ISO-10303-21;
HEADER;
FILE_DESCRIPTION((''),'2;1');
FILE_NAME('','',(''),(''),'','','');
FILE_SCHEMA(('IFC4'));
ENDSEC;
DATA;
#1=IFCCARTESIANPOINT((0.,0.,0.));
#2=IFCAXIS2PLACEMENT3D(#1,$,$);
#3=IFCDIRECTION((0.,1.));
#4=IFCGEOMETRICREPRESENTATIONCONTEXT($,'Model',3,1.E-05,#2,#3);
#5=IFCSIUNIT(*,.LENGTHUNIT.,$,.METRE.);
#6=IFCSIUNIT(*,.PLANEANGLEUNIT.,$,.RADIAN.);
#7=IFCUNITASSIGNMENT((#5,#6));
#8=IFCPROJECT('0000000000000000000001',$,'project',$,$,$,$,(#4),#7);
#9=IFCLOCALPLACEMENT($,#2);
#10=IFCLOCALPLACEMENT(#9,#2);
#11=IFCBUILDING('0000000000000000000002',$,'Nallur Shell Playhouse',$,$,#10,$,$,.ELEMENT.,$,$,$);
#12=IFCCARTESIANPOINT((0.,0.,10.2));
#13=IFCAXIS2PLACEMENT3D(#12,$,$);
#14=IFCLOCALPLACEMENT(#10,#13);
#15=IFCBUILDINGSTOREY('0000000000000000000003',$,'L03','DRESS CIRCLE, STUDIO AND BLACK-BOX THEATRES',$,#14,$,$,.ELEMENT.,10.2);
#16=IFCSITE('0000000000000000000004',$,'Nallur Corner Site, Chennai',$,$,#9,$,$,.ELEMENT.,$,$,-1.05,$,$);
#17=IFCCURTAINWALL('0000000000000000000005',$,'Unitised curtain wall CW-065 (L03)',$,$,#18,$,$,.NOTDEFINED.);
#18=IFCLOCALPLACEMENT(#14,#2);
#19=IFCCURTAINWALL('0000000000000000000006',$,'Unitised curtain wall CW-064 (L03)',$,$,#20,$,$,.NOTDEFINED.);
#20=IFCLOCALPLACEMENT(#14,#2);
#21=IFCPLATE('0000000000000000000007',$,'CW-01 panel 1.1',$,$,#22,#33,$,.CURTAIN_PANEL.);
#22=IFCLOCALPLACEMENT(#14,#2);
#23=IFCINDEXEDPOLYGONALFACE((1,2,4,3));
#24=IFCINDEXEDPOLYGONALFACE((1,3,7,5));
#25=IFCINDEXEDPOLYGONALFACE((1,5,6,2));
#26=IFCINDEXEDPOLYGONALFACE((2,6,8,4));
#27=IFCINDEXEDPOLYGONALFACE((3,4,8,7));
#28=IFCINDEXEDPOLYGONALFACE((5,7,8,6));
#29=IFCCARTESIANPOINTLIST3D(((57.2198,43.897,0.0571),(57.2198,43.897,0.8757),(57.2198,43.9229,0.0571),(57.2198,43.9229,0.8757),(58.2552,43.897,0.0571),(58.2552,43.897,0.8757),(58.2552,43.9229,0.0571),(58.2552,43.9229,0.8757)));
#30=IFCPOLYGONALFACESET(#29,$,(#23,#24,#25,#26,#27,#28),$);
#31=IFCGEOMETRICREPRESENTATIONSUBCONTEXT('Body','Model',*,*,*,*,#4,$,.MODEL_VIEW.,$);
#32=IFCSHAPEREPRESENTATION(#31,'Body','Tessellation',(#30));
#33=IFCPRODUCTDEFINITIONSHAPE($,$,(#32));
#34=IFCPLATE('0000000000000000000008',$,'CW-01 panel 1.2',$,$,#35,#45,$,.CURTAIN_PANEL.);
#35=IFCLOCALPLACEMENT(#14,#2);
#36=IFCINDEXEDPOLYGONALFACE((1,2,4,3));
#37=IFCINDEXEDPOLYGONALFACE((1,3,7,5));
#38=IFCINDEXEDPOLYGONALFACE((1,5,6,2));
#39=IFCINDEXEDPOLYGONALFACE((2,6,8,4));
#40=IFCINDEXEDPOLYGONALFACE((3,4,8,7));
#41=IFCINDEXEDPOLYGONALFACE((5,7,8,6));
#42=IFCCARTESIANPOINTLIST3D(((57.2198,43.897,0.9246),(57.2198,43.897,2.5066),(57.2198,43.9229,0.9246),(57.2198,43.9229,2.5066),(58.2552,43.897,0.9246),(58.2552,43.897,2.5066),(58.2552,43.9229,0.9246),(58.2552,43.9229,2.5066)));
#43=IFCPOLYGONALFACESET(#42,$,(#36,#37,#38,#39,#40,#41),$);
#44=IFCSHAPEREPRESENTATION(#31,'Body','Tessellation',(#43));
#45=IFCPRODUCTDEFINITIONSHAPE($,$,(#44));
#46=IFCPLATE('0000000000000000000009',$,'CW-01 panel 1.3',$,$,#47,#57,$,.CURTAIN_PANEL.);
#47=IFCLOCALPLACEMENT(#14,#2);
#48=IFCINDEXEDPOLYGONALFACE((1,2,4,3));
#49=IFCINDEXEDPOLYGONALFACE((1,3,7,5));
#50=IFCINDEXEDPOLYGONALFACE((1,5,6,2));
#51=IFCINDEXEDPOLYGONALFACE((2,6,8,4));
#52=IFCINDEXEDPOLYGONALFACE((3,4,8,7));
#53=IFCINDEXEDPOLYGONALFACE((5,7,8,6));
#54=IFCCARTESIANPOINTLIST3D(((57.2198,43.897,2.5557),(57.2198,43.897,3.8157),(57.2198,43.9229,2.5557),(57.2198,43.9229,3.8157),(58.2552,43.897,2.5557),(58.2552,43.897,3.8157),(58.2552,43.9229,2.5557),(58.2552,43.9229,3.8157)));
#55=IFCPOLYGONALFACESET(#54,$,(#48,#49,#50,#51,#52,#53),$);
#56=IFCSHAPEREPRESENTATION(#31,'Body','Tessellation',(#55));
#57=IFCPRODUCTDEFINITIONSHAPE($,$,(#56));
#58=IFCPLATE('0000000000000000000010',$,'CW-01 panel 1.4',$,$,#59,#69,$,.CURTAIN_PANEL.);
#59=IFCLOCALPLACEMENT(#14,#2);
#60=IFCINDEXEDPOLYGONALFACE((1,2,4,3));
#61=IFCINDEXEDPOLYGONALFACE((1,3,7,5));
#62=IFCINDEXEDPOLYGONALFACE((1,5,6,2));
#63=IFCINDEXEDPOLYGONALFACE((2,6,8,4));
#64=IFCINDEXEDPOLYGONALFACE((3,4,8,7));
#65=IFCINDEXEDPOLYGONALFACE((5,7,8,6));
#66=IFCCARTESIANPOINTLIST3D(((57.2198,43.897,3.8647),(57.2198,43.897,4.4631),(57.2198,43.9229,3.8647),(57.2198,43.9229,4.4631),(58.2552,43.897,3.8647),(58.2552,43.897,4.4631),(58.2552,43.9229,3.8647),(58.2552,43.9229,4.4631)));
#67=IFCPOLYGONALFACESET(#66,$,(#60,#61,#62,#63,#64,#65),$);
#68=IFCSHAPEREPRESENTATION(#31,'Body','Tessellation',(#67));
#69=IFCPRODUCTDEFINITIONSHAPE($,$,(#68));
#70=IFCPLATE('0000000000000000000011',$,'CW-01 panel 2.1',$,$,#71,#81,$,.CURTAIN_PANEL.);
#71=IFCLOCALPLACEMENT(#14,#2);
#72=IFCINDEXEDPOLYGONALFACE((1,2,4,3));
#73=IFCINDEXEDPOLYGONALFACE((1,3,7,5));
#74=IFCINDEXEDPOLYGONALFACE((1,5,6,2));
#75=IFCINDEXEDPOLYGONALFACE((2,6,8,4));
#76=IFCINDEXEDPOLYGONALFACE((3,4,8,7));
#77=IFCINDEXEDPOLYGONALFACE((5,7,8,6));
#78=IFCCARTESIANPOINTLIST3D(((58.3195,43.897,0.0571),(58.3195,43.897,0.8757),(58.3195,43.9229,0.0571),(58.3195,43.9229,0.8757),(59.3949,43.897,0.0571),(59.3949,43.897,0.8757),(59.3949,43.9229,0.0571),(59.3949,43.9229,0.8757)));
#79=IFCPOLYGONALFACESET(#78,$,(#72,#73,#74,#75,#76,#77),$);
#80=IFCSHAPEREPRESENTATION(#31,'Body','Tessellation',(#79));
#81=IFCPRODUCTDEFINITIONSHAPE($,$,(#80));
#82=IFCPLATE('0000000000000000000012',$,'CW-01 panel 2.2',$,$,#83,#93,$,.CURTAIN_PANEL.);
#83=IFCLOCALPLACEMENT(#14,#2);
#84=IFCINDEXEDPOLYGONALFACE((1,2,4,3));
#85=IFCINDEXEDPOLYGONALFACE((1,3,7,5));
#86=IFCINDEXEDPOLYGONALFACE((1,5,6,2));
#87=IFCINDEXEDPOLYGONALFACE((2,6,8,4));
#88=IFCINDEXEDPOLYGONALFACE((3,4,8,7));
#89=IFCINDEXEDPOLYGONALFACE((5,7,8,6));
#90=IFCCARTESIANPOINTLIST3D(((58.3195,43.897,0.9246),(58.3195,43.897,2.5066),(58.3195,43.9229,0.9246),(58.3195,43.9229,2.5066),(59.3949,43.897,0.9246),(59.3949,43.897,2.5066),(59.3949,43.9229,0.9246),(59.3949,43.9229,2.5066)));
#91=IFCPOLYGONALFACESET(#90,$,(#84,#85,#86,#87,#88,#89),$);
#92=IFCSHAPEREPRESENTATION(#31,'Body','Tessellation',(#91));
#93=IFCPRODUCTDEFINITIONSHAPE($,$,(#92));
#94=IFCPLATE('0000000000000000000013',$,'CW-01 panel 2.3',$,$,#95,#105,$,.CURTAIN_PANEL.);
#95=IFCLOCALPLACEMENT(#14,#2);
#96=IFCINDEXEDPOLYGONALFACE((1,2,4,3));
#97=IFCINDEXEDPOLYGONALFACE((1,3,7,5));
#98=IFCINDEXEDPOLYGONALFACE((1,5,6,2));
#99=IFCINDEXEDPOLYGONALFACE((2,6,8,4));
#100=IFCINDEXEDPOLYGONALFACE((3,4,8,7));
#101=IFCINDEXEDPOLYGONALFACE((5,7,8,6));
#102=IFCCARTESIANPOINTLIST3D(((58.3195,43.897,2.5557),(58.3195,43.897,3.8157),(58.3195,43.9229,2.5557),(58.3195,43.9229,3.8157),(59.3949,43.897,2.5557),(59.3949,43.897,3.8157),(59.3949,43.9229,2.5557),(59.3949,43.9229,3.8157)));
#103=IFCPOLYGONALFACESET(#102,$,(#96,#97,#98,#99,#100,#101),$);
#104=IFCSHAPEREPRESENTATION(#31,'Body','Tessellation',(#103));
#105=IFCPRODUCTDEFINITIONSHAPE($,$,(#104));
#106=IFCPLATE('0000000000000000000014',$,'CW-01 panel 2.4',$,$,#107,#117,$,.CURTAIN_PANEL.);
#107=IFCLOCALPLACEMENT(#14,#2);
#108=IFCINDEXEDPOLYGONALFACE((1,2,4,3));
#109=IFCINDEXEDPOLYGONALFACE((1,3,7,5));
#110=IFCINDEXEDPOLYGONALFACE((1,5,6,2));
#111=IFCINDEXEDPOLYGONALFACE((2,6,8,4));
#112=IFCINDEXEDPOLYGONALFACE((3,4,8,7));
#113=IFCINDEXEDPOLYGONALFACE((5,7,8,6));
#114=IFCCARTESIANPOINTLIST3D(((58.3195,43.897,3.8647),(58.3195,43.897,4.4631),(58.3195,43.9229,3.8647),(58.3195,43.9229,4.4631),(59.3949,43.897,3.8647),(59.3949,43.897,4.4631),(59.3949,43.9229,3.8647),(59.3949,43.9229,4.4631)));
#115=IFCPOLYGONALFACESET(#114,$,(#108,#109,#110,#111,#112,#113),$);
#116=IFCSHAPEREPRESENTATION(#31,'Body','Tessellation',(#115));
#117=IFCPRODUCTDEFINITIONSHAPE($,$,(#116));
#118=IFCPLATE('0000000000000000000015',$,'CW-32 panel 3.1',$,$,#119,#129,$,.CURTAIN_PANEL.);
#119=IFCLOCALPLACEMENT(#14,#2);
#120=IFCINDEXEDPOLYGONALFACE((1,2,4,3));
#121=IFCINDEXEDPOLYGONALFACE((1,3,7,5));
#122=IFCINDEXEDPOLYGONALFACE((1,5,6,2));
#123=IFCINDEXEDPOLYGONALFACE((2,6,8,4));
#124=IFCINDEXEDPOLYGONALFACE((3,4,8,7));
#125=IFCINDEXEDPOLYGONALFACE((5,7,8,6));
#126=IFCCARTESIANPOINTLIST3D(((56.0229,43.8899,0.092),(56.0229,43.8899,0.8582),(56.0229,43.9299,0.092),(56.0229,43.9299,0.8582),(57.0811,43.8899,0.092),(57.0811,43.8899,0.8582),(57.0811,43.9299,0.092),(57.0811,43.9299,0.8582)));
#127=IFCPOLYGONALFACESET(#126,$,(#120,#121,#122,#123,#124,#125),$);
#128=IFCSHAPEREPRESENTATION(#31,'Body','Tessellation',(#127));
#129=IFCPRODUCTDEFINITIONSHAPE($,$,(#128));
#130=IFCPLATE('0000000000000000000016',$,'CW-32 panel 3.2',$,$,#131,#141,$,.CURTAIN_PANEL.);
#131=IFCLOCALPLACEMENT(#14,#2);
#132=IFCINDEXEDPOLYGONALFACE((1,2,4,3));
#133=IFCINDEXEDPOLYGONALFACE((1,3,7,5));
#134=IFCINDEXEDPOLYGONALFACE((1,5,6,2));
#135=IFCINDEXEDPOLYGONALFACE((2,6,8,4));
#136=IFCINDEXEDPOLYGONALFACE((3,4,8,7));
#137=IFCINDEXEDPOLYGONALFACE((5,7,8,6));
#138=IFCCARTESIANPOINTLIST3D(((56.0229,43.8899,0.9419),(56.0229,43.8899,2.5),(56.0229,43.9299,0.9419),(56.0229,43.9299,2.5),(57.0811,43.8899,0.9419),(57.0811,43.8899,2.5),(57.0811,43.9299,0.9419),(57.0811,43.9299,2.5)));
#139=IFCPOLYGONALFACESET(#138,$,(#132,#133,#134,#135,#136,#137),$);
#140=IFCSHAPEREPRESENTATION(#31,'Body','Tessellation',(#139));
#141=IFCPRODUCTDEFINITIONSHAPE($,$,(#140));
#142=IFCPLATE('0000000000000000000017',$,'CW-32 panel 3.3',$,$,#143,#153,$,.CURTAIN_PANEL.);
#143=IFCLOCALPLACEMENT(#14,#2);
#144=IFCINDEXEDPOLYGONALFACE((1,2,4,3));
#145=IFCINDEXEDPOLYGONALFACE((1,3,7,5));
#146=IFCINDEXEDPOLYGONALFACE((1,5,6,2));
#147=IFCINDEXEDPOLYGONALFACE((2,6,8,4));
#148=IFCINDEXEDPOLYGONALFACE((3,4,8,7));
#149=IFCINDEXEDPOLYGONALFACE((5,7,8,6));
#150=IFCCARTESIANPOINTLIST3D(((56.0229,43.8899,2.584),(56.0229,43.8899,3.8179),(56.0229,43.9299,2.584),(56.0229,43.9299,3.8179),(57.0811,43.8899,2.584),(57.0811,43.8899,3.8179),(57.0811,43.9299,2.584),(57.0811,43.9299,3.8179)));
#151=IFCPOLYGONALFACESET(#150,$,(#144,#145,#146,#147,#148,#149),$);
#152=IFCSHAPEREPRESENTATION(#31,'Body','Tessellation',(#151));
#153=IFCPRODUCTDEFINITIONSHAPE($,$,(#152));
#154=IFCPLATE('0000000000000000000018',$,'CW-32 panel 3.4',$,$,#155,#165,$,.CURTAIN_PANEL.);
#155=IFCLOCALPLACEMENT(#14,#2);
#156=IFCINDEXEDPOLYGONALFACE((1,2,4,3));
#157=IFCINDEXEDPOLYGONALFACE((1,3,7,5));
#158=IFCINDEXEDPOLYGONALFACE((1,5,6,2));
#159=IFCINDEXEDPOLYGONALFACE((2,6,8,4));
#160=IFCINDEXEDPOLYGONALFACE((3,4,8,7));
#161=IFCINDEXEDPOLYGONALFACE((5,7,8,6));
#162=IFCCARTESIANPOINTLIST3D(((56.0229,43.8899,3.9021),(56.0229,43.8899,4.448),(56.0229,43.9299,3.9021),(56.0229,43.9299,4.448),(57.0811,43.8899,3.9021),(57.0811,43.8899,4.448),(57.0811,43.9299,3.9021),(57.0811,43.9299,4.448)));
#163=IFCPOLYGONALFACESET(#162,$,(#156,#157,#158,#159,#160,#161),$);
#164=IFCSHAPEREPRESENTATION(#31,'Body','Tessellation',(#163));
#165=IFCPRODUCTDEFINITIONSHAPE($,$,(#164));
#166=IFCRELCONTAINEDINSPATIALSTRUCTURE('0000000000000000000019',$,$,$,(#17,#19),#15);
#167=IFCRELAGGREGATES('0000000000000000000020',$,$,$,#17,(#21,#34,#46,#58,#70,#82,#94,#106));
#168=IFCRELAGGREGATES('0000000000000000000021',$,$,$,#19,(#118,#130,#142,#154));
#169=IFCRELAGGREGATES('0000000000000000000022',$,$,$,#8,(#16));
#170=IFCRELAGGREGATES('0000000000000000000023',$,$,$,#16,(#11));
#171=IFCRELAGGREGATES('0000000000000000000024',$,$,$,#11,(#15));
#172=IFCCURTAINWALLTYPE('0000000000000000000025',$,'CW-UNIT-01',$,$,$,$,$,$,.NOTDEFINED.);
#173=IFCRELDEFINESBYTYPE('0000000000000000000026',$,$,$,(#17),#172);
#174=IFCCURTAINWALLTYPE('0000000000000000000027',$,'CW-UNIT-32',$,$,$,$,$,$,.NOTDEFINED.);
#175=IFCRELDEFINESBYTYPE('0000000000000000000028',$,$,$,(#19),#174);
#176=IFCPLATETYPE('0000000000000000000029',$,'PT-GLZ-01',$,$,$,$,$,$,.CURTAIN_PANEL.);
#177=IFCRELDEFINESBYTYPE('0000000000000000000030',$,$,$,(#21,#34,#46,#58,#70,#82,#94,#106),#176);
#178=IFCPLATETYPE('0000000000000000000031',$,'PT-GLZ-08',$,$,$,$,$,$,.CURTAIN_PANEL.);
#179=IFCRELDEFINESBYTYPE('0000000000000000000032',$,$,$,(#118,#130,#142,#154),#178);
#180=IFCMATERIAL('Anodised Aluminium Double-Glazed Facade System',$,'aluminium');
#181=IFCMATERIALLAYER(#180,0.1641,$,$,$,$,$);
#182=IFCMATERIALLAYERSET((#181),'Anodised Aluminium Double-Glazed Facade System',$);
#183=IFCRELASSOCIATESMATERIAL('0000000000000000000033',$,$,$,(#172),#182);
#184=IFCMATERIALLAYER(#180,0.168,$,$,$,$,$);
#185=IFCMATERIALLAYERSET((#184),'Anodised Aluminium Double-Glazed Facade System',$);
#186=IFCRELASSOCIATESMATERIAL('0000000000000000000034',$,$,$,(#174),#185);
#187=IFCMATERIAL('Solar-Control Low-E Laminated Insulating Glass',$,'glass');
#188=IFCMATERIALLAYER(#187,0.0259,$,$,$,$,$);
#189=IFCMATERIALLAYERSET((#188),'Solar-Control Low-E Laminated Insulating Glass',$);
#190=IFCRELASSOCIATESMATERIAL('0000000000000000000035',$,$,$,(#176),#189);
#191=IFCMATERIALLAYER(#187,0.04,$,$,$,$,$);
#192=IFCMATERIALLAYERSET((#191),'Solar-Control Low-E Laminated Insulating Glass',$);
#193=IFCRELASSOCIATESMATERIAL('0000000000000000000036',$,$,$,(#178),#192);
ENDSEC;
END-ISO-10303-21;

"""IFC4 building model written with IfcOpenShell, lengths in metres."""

from ifc_helpers import new_model, si_unit, direction, frame, origin, origin_2d, place, context, subcontext, project, spatial, rectangle, extrude, material, layer, layer_set, type_object, element, aggregate, save


model = new_model("IFC4")

# Units and contexts
model_context = context("Model", 3, precision=1e-05, world=origin(), true_north=direction((0.0, 1.0)))
body_context = subcontext(model_context, "Body", "Model", "MODEL_VIEW")
ifc_project = project(units=[si_unit("LENGTHUNIT", "METRE"), si_unit("PLANEANGLEUNIT", "RADIAN")], contexts=[model_context])

# Site, building, storey
site_placement = place(None, origin())
site = spatial("IfcSite", under=ifc_project, at=site_placement, Name="Nallur Corner Site, Chennai", CompositionType="ELEMENT", RefElevation=-1.05)
building_placement = place(site_placement, origin())
building = spatial("IfcBuilding", under=site, at=building_placement, Name="Nallur Shell Playhouse", CompositionType="ELEMENT")
storey_placement = place(building_placement, frame((0.0, 0.0, 10.2)))
storey = spatial("IfcBuildingStorey", under=building, at=storey_placement, Name="L03", Description="DRESS CIRCLE, STUDIO AND BLACK-BOX THEATRES", CompositionType="ELEMENT", Elevation=10.2)

# Curtain wall
ifc_material_1 = material(Name="Anodised Aluminium Double-Glazed Facade System", Category="aluminium")
ifc_layer_1 = layer(ifc_material_1, 0.1641)
ifc_layer_set_1 = layer_set([ifc_layer_1], Name="Anodised Aluminium Double-Glazed Facade System")
curtain_wall_type_1 = type_object("IfcCurtainWallType", Name="CW-UNIT-01", PredefinedType="NOTDEFINED", material=ifc_layer_set_1)
curtain_wall_1_placement = place(storey_placement, origin())
curtain_wall_1 = element("IfcCurtainWall", 1, at=curtain_wall_1_placement, inside=storey, type_object=curtain_wall_type_1, Name="Unitised curtain wall CW-065 (L03)", PredefinedType="NOTDEFINED")

# Curtain wall
ifc_layer_2 = layer(ifc_material_1, 0.168)
ifc_layer_set_2 = layer_set([ifc_layer_2], Name="Anodised Aluminium Double-Glazed Facade System")
curtain_wall_type_2 = type_object("IfcCurtainWallType", Name="CW-UNIT-32", PredefinedType="NOTDEFINED", material=ifc_layer_set_2)
curtain_wall_2_placement = place(storey_placement, origin())
curtain_wall_2 = element("IfcCurtainWall", 2, at=curtain_wall_2_placement, inside=storey, type_object=curtain_wall_type_2, Name="Unitised curtain wall CW-064 (L03)", PredefinedType="NOTDEFINED")

# Plates
ifc_material_2 = material(Name="Solar-Control Low-E Laminated Insulating Glass", Category="glass")
ifc_layer_3 = layer(ifc_material_2, 0.0259)
ifc_layer_set_3 = layer_set([ifc_layer_3], Name="Solar-Control Low-E Laminated Insulating Glass")
plate_type_1 = type_object("IfcPlateType", Name="PT-GLZ-01", PredefinedType="CURTAIN_PANEL", material=ifc_layer_set_3)
plate_1_placement = place(storey_placement, frame((57.7375, 43.9099, 0.0571), z_axis=(0.0, 0.0, 1.0), x_axis=(1.0, 0.0, 0.0)))
plate_1 = element("IfcPlate", 3, at=plate_1_placement, type_object=plate_type_1, Name="CW-01 panel 1.1", PredefinedType="CURTAIN_PANEL", context=body_context, shape_type="SweptSolid", body=[
    extrude(rectangle(XDim=1.0354, YDim=0.0259, at=origin_2d()), origin(), (0.0, 0.0, 1.0), 0.8186),
])
plate_2_placement = place(storey_placement, frame((57.7375, 43.9099, 0.9246), z_axis=(0.0, 0.0, 1.0), x_axis=(1.0, 0.0, 0.0)))
plate_2 = element("IfcPlate", 4, at=plate_2_placement, type_object=plate_type_1, Name="CW-01 panel 1.2", PredefinedType="CURTAIN_PANEL", context=body_context, shape_type="SweptSolid", body=[
    extrude(rectangle(XDim=1.0354, YDim=0.0259, at=origin_2d()), origin(), (0.0, 0.0, 1.0), 1.582),
])
plate_3_placement = place(storey_placement, frame((57.7375, 43.9099, 2.5557), z_axis=(0.0, 0.0, 1.0), x_axis=(1.0, 0.0, 0.0)))
plate_3 = element("IfcPlate", 5, at=plate_3_placement, type_object=plate_type_1, Name="CW-01 panel 1.3", PredefinedType="CURTAIN_PANEL", context=body_context, shape_type="SweptSolid", body=[
    extrude(rectangle(XDim=1.0354, YDim=0.0259, at=origin_2d()), origin(), (0.0, 0.0, 1.0), 1.26),
])
plate_4_placement = place(storey_placement, frame((57.7375, 43.9099, 3.8647), z_axis=(0.0, 0.0, 1.0), x_axis=(1.0, 0.0, 0.0)))
plate_4 = element("IfcPlate", 6, at=plate_4_placement, type_object=plate_type_1, Name="CW-01 panel 1.4", PredefinedType="CURTAIN_PANEL", context=body_context, shape_type="SweptSolid", body=[
    extrude(rectangle(XDim=1.0354, YDim=0.0259, at=origin_2d()), origin(), (0.0, 0.0, 1.0), 0.5984),
])
plate_5_placement = place(storey_placement, frame((58.8572, 43.9099, 0.0571), z_axis=(0.0, 0.0, 1.0), x_axis=(1.0, 0.0, 0.0)))
plate_5 = element("IfcPlate", 7, at=plate_5_placement, type_object=plate_type_1, Name="CW-01 panel 2.1", PredefinedType="CURTAIN_PANEL", context=body_context, shape_type="SweptSolid", body=[
    extrude(rectangle(XDim=1.0754, YDim=0.0259, at=origin_2d()), origin(), (0.0, 0.0, 1.0), 0.8186),
])
plate_6_placement = place(storey_placement, frame((58.8572, 43.9099, 0.9246), z_axis=(0.0, 0.0, 1.0), x_axis=(1.0, 0.0, 0.0)))
plate_6 = element("IfcPlate", 8, at=plate_6_placement, type_object=plate_type_1, Name="CW-01 panel 2.2", PredefinedType="CURTAIN_PANEL", context=body_context, shape_type="SweptSolid", body=[
    extrude(rectangle(XDim=1.0754, YDim=0.0259, at=origin_2d()), origin(), (0.0, 0.0, 1.0), 1.582),
])
plate_7_placement = place(storey_placement, frame((58.8572, 43.9099, 2.5557), z_axis=(0.0, 0.0, 1.0), x_axis=(1.0, 0.0, 0.0)))
plate_7 = element("IfcPlate", 9, at=plate_7_placement, type_object=plate_type_1, Name="CW-01 panel 2.3", PredefinedType="CURTAIN_PANEL", context=body_context, shape_type="SweptSolid", body=[
    extrude(rectangle(XDim=1.0754, YDim=0.0259, at=origin_2d()), origin(), (0.0, 0.0, 1.0), 1.26),
])
plate_8_placement = place(storey_placement, frame((58.8572, 43.9099, 3.8647), z_axis=(0.0, 0.0, 1.0), x_axis=(1.0, 0.0, 0.0)))
plate_8 = element("IfcPlate", 10, at=plate_8_placement, type_object=plate_type_1, Name="CW-01 panel 2.4", PredefinedType="CURTAIN_PANEL", context=body_context, shape_type="SweptSolid", body=[
    extrude(rectangle(XDim=1.0754, YDim=0.0259, at=origin_2d()), origin(), (0.0, 0.0, 1.0), 0.5984),
])
aggregate(curtain_wall_1, [plate_1, plate_2, plate_3, plate_4, plate_5, plate_6, plate_7, plate_8])
ifc_layer_4 = layer(ifc_material_2, 0.04)
ifc_layer_set_4 = layer_set([ifc_layer_4], Name="Solar-Control Low-E Laminated Insulating Glass")
plate_type_2 = type_object("IfcPlateType", Name="PT-GLZ-08", PredefinedType="CURTAIN_PANEL", material=ifc_layer_set_4)
plate_9_placement = place(storey_placement, frame((56.552, 43.9099, 0.092), z_axis=(0.0, 0.0, 1.0), x_axis=(1.0, 0.0, 0.0)))
plate_9 = element("IfcPlate", 11, at=plate_9_placement, type_object=plate_type_2, Name="CW-32 panel 3.1", PredefinedType="CURTAIN_PANEL", context=body_context, shape_type="SweptSolid", body=[
    extrude(rectangle(XDim=1.0581, YDim=0.04, at=origin_2d()), origin(), (0.0, 0.0, 1.0), 0.7661),
])
plate_10_placement = place(storey_placement, frame((56.552, 43.9099, 0.9419), z_axis=(0.0, 0.0, 1.0), x_axis=(1.0, 0.0, 0.0)))
plate_10 = element("IfcPlate", 12, at=plate_10_placement, type_object=plate_type_2, Name="CW-32 panel 3.2", PredefinedType="CURTAIN_PANEL", context=body_context, shape_type="SweptSolid", body=[
    extrude(rectangle(XDim=1.0581, YDim=0.04, at=origin_2d()), origin(), (0.0, 0.0, 1.0), 1.5581),
])
plate_11_placement = place(storey_placement, frame((56.552, 43.9099, 2.584), z_axis=(0.0, 0.0, 1.0), x_axis=(1.0, 0.0, 0.0)))
plate_11 = element("IfcPlate", 13, at=plate_11_placement, type_object=plate_type_2, Name="CW-32 panel 3.3", PredefinedType="CURTAIN_PANEL", context=body_context, shape_type="SweptSolid", body=[
    extrude(rectangle(XDim=1.0581, YDim=0.04, at=origin_2d()), origin(), (0.0, 0.0, 1.0), 1.2339),
])
plate_12_placement = place(storey_placement, frame((56.552, 43.9099, 3.9021), z_axis=(0.0, 0.0, 1.0), x_axis=(1.0, 0.0, 0.0)))
plate_12 = element("IfcPlate", 14, at=plate_12_placement, type_object=plate_type_2, Name="CW-32 panel 3.4", PredefinedType="CURTAIN_PANEL", context=body_context, shape_type="SweptSolid", body=[
    extrude(rectangle(XDim=1.0581, YDim=0.04, at=origin_2d()), origin(), (0.0, 0.0, 1.0), 0.5459),
])
aggregate(curtain_wall_2, [plate_9, plate_10, plate_11, plate_12])

save(model, "model.ifc")
